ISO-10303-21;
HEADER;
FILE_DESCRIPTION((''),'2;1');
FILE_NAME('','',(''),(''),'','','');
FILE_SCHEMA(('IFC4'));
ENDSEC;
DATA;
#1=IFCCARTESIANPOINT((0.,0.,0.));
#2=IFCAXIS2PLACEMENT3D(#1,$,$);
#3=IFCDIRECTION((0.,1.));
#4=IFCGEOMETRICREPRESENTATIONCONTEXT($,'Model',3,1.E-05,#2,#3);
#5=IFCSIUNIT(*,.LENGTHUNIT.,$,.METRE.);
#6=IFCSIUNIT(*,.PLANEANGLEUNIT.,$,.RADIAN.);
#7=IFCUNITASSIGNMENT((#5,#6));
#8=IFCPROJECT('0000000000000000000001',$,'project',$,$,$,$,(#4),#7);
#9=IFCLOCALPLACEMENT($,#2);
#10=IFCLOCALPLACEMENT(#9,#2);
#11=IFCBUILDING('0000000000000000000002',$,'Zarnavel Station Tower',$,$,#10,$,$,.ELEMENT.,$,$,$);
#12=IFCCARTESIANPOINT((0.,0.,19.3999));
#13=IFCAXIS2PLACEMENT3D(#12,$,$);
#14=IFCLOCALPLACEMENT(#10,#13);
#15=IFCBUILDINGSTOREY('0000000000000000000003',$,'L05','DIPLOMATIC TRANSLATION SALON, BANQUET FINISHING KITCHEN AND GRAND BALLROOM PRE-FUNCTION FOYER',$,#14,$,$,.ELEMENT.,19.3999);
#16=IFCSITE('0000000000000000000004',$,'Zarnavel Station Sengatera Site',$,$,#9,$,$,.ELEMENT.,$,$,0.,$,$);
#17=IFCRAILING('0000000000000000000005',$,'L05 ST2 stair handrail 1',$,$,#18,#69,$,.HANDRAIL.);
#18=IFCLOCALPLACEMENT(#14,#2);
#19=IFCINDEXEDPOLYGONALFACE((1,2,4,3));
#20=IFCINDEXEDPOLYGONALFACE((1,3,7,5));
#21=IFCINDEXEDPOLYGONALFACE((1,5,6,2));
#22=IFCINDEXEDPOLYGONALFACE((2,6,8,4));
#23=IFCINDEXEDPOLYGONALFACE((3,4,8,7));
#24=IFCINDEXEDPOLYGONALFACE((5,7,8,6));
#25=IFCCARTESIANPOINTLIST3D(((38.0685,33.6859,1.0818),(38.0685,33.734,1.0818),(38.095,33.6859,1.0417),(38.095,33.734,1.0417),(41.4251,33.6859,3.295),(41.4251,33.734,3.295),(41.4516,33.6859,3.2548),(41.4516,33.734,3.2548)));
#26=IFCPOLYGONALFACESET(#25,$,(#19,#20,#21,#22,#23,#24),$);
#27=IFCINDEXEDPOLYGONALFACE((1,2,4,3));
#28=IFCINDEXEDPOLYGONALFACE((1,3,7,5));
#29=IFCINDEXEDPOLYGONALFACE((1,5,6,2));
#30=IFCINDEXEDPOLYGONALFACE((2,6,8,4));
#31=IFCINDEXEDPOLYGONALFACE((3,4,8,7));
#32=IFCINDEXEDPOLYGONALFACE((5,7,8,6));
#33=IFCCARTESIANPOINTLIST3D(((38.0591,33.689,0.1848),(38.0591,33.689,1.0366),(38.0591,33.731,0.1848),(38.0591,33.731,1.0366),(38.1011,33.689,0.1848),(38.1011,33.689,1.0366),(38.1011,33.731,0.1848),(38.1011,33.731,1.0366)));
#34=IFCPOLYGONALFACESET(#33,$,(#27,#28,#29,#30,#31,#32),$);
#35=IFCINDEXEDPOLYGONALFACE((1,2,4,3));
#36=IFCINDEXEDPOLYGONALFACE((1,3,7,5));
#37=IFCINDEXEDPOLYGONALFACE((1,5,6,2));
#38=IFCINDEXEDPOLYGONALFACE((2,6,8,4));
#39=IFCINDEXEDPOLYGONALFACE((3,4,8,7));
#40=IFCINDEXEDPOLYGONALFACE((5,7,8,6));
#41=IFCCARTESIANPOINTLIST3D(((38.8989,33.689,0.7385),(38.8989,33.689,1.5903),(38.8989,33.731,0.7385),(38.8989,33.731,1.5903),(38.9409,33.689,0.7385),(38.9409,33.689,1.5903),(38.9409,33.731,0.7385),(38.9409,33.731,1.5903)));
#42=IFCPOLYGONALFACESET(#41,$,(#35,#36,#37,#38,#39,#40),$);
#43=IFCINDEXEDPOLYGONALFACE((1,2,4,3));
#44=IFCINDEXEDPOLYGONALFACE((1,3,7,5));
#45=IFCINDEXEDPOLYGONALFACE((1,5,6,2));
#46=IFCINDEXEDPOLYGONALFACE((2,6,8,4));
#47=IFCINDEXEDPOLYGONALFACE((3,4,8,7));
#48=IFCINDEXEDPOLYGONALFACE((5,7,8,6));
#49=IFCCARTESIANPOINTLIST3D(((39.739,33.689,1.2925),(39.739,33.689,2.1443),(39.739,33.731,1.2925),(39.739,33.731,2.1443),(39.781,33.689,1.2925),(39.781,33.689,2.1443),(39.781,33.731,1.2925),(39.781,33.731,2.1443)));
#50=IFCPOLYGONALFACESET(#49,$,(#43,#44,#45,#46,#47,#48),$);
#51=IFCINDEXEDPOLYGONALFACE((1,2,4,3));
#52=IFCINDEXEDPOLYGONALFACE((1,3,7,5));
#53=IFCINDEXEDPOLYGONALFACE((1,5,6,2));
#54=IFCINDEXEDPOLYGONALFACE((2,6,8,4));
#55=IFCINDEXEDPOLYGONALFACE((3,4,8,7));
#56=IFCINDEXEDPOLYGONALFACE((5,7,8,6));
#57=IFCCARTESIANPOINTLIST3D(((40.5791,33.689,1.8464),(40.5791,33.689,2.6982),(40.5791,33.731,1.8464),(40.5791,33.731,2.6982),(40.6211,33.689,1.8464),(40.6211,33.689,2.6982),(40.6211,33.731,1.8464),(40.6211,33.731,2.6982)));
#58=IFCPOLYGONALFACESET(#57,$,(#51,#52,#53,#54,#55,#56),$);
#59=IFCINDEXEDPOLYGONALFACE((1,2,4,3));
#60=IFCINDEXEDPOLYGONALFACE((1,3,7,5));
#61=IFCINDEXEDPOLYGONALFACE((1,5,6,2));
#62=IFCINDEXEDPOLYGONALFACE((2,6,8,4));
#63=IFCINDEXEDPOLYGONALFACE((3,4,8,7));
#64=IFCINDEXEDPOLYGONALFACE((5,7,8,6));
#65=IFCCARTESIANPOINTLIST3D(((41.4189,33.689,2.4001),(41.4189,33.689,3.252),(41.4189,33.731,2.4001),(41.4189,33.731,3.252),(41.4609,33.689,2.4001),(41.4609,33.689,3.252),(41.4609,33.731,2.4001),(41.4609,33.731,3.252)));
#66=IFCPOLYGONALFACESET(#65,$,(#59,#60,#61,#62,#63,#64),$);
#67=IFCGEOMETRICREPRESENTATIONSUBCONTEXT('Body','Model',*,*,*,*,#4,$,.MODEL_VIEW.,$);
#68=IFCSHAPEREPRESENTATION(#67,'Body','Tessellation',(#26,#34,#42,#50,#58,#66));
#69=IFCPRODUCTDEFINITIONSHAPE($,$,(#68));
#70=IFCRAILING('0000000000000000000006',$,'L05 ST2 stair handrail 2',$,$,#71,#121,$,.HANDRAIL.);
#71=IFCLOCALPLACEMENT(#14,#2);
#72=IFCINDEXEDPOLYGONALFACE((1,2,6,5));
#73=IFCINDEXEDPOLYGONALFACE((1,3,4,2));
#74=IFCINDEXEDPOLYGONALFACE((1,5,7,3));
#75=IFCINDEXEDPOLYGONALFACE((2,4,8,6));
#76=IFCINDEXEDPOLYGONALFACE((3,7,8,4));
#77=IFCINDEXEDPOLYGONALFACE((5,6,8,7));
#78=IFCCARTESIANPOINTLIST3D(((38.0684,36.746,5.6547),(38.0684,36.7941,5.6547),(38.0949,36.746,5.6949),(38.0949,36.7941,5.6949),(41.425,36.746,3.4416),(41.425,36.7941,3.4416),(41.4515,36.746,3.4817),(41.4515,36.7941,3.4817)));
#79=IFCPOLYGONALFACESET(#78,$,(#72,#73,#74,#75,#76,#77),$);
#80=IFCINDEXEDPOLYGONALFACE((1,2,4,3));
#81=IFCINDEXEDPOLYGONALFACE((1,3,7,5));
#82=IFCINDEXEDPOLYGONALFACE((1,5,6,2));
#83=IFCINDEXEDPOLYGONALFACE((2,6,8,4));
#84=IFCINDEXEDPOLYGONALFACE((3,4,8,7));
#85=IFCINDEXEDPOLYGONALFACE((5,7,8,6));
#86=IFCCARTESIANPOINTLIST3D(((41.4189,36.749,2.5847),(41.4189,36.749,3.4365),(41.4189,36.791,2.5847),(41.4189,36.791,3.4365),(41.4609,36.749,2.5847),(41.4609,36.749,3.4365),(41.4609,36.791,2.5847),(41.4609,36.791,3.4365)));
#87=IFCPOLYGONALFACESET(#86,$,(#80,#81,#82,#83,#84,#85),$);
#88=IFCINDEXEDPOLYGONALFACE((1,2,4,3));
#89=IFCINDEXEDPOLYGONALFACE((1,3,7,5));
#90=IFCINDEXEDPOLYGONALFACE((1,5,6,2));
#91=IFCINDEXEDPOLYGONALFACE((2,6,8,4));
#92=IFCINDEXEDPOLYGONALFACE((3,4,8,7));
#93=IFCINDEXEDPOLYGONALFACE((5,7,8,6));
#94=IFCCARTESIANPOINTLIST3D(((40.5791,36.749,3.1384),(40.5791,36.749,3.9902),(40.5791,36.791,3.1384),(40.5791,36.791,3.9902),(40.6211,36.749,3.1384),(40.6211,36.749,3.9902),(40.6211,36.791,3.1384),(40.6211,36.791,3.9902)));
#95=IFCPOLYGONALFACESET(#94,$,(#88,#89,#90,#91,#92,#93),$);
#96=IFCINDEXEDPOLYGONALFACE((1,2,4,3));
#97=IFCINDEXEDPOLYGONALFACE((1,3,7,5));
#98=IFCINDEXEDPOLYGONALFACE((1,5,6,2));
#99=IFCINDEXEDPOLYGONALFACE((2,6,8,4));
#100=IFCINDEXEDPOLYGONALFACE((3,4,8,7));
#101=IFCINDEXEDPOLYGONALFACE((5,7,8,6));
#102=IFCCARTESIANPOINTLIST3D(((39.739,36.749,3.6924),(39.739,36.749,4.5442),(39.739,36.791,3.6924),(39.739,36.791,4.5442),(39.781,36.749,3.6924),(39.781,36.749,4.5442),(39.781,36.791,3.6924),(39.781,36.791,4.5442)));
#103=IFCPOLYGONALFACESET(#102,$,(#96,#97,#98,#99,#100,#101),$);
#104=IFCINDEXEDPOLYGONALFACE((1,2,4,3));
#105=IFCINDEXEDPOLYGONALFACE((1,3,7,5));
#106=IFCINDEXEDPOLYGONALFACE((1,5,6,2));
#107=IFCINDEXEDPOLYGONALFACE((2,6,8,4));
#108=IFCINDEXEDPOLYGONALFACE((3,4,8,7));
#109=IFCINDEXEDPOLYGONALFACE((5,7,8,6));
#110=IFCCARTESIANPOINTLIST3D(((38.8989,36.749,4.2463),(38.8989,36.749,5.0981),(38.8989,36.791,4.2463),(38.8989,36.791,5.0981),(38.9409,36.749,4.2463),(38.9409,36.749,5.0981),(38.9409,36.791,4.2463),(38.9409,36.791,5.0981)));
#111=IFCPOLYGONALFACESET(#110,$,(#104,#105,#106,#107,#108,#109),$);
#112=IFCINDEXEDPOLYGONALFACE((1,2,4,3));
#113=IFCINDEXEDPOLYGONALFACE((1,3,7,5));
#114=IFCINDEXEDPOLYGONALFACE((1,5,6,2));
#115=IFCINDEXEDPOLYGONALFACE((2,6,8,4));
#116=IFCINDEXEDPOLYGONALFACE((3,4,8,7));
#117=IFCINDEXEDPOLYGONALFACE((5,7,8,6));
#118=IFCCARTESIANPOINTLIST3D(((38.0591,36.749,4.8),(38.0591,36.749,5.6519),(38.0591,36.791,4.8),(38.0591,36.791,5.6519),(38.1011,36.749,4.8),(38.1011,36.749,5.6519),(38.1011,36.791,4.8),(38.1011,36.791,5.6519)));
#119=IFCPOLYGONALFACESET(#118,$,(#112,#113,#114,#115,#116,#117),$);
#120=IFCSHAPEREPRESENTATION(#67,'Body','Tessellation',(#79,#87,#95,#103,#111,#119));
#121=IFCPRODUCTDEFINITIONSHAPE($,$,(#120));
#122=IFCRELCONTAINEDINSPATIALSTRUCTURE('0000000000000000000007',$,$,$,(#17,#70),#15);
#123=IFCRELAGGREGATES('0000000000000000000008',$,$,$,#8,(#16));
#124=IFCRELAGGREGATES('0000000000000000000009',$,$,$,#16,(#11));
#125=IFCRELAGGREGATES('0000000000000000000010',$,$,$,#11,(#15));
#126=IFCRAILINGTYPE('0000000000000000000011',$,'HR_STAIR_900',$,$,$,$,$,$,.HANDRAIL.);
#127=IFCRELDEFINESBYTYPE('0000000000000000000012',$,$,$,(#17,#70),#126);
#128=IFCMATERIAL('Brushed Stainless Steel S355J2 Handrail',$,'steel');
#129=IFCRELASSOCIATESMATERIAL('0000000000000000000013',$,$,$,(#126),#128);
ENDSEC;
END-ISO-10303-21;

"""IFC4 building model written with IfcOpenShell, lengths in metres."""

from ifc_helpers import new_model, si_unit, direction, frame, origin, origin_2d, place, context, subcontext, project, spatial, rectangle, extrude, material, type_object, element, save


model = new_model("IFC4")

# Units and contexts
model_context = context("Model", 3, precision=1e-05, world=origin(), true_north=direction((0.0, 1.0)))
body_context = subcontext(model_context, "Body", "Model", "MODEL_VIEW")
ifc_project = project(units=[si_unit("LENGTHUNIT", "METRE"), si_unit("PLANEANGLEUNIT", "RADIAN")], contexts=[model_context])

# Site, building, storey
site_placement = place(None, origin())
site = spatial("IfcSite", under=ifc_project, at=site_placement, Name="Zarnavel Station Sengatera Site", CompositionType="ELEMENT", RefElevation=0.0)
building_placement = place(site_placement, origin())
building = spatial("IfcBuilding", under=site, at=building_placement, Name="Zarnavel Station Tower", CompositionType="ELEMENT")
storey_placement = place(building_placement, frame((0.0, 0.0, 19.3999)))
storey = spatial("IfcBuildingStorey", under=building, at=storey_placement, Name="L05", Description="DIPLOMATIC TRANSLATION SALON, BANQUET FINISHING KITCHEN AND GRAND BALLROOM PRE-FUNCTION FOYER", CompositionType="ELEMENT", Elevation=19.3999)

# Railings
ifc_material_1 = material(Name="Brushed Stainless Steel S355J2 Handrail", Category="steel")
railing_type_1 = type_object("IfcRailingType", Name="HR_STAIR_900", PredefinedType="HANDRAIL", material=ifc_material_1)
railing_1_placement = place(storey_placement, frame((38.0801, 33.71, 0.1848)))
element("IfcRailing", 1, at=railing_1_placement, inside=storey, type_object=railing_type_1, Name="L05 ST2 stair handrail 1", PredefinedType="HANDRAIL", context=body_context, shape_type="SweptSolid", body=[
    extrude(rectangle(XDim=0.0481, YDim=0.0481, at=origin_2d()), frame((0.0017, 0.0, 0.877), z_axis=(0.834858, 0.0, 0.550465), x_axis=(0.0, 1.0, 0.0)), (0.0, 0.0, 1.0), 4.0205),
    extrude(rectangle(XDim=0.042, YDim=0.042, at=origin_2d()), origin(), (0.0, 0.0, 1.0), 0.8518),
    extrude(rectangle(XDim=0.042, YDim=0.042, at=origin_2d()), frame((0.8398, 0.0, 0.5537)), (0.0, 0.0, 1.0), 0.8518),
    extrude(rectangle(XDim=0.042, YDim=0.042, at=origin_2d()), frame((1.6799, 0.0, 1.1077)), (0.0, 0.0, 1.0), 0.8518),
    extrude(rectangle(XDim=0.042, YDim=0.042, at=origin_2d()), frame((2.52, 0.0, 1.6616)), (0.0, 0.0, 1.0), 0.8518),
    extrude(rectangle(XDim=0.042, YDim=0.042, at=origin_2d()), frame((3.3599, 0.0, 2.2153)), (0.0, 0.0, 1.0), 0.8518),
])
railing_2_placement = place(storey_placement, frame((41.4399, 36.77, 2.5847)))
element("IfcRailing", 2, at=railing_2_placement, inside=storey, type_object=railing_type_1, Name="L05 ST2 stair handrail 2", PredefinedType="HANDRAIL", context=body_context, shape_type="SweptSolid", body=[
    extrude(rectangle(XDim=0.0481, YDim=0.0481, at=origin_2d()), frame((-0.0017, 0.0, 0.877), z_axis=(-0.834858, 0.0, 0.550465), x_axis=(0.0, -1.0, 0.0)), (0.0, 0.0, 1.0), 4.0205),
    extrude(rectangle(XDim=0.042, YDim=0.042, at=origin_2d()), origin(), (0.0, 0.0, 1.0), 0.8518),
    extrude(rectangle(XDim=0.042, YDim=0.042, at=origin_2d()), frame((-0.8398, 0.0, 0.5537)), (0.0, 0.0, 1.0), 0.8518),
    extrude(rectangle(XDim=0.042, YDim=0.042, at=origin_2d()), frame((-1.6799, 0.0, 1.1077)), (0.0, 0.0, 1.0), 0.8518),
    extrude(rectangle(XDim=0.042, YDim=0.042, at=origin_2d()), frame((-2.52, 0.0, 1.6616)), (0.0, 0.0, 1.0), 0.8518),
    extrude(rectangle(XDim=0.042, YDim=0.042, at=origin_2d()), frame((-3.3599, 0.0, 2.2153)), (0.0, 0.0, 1.0), 0.8518),
])

save(model, "model.ifc")
